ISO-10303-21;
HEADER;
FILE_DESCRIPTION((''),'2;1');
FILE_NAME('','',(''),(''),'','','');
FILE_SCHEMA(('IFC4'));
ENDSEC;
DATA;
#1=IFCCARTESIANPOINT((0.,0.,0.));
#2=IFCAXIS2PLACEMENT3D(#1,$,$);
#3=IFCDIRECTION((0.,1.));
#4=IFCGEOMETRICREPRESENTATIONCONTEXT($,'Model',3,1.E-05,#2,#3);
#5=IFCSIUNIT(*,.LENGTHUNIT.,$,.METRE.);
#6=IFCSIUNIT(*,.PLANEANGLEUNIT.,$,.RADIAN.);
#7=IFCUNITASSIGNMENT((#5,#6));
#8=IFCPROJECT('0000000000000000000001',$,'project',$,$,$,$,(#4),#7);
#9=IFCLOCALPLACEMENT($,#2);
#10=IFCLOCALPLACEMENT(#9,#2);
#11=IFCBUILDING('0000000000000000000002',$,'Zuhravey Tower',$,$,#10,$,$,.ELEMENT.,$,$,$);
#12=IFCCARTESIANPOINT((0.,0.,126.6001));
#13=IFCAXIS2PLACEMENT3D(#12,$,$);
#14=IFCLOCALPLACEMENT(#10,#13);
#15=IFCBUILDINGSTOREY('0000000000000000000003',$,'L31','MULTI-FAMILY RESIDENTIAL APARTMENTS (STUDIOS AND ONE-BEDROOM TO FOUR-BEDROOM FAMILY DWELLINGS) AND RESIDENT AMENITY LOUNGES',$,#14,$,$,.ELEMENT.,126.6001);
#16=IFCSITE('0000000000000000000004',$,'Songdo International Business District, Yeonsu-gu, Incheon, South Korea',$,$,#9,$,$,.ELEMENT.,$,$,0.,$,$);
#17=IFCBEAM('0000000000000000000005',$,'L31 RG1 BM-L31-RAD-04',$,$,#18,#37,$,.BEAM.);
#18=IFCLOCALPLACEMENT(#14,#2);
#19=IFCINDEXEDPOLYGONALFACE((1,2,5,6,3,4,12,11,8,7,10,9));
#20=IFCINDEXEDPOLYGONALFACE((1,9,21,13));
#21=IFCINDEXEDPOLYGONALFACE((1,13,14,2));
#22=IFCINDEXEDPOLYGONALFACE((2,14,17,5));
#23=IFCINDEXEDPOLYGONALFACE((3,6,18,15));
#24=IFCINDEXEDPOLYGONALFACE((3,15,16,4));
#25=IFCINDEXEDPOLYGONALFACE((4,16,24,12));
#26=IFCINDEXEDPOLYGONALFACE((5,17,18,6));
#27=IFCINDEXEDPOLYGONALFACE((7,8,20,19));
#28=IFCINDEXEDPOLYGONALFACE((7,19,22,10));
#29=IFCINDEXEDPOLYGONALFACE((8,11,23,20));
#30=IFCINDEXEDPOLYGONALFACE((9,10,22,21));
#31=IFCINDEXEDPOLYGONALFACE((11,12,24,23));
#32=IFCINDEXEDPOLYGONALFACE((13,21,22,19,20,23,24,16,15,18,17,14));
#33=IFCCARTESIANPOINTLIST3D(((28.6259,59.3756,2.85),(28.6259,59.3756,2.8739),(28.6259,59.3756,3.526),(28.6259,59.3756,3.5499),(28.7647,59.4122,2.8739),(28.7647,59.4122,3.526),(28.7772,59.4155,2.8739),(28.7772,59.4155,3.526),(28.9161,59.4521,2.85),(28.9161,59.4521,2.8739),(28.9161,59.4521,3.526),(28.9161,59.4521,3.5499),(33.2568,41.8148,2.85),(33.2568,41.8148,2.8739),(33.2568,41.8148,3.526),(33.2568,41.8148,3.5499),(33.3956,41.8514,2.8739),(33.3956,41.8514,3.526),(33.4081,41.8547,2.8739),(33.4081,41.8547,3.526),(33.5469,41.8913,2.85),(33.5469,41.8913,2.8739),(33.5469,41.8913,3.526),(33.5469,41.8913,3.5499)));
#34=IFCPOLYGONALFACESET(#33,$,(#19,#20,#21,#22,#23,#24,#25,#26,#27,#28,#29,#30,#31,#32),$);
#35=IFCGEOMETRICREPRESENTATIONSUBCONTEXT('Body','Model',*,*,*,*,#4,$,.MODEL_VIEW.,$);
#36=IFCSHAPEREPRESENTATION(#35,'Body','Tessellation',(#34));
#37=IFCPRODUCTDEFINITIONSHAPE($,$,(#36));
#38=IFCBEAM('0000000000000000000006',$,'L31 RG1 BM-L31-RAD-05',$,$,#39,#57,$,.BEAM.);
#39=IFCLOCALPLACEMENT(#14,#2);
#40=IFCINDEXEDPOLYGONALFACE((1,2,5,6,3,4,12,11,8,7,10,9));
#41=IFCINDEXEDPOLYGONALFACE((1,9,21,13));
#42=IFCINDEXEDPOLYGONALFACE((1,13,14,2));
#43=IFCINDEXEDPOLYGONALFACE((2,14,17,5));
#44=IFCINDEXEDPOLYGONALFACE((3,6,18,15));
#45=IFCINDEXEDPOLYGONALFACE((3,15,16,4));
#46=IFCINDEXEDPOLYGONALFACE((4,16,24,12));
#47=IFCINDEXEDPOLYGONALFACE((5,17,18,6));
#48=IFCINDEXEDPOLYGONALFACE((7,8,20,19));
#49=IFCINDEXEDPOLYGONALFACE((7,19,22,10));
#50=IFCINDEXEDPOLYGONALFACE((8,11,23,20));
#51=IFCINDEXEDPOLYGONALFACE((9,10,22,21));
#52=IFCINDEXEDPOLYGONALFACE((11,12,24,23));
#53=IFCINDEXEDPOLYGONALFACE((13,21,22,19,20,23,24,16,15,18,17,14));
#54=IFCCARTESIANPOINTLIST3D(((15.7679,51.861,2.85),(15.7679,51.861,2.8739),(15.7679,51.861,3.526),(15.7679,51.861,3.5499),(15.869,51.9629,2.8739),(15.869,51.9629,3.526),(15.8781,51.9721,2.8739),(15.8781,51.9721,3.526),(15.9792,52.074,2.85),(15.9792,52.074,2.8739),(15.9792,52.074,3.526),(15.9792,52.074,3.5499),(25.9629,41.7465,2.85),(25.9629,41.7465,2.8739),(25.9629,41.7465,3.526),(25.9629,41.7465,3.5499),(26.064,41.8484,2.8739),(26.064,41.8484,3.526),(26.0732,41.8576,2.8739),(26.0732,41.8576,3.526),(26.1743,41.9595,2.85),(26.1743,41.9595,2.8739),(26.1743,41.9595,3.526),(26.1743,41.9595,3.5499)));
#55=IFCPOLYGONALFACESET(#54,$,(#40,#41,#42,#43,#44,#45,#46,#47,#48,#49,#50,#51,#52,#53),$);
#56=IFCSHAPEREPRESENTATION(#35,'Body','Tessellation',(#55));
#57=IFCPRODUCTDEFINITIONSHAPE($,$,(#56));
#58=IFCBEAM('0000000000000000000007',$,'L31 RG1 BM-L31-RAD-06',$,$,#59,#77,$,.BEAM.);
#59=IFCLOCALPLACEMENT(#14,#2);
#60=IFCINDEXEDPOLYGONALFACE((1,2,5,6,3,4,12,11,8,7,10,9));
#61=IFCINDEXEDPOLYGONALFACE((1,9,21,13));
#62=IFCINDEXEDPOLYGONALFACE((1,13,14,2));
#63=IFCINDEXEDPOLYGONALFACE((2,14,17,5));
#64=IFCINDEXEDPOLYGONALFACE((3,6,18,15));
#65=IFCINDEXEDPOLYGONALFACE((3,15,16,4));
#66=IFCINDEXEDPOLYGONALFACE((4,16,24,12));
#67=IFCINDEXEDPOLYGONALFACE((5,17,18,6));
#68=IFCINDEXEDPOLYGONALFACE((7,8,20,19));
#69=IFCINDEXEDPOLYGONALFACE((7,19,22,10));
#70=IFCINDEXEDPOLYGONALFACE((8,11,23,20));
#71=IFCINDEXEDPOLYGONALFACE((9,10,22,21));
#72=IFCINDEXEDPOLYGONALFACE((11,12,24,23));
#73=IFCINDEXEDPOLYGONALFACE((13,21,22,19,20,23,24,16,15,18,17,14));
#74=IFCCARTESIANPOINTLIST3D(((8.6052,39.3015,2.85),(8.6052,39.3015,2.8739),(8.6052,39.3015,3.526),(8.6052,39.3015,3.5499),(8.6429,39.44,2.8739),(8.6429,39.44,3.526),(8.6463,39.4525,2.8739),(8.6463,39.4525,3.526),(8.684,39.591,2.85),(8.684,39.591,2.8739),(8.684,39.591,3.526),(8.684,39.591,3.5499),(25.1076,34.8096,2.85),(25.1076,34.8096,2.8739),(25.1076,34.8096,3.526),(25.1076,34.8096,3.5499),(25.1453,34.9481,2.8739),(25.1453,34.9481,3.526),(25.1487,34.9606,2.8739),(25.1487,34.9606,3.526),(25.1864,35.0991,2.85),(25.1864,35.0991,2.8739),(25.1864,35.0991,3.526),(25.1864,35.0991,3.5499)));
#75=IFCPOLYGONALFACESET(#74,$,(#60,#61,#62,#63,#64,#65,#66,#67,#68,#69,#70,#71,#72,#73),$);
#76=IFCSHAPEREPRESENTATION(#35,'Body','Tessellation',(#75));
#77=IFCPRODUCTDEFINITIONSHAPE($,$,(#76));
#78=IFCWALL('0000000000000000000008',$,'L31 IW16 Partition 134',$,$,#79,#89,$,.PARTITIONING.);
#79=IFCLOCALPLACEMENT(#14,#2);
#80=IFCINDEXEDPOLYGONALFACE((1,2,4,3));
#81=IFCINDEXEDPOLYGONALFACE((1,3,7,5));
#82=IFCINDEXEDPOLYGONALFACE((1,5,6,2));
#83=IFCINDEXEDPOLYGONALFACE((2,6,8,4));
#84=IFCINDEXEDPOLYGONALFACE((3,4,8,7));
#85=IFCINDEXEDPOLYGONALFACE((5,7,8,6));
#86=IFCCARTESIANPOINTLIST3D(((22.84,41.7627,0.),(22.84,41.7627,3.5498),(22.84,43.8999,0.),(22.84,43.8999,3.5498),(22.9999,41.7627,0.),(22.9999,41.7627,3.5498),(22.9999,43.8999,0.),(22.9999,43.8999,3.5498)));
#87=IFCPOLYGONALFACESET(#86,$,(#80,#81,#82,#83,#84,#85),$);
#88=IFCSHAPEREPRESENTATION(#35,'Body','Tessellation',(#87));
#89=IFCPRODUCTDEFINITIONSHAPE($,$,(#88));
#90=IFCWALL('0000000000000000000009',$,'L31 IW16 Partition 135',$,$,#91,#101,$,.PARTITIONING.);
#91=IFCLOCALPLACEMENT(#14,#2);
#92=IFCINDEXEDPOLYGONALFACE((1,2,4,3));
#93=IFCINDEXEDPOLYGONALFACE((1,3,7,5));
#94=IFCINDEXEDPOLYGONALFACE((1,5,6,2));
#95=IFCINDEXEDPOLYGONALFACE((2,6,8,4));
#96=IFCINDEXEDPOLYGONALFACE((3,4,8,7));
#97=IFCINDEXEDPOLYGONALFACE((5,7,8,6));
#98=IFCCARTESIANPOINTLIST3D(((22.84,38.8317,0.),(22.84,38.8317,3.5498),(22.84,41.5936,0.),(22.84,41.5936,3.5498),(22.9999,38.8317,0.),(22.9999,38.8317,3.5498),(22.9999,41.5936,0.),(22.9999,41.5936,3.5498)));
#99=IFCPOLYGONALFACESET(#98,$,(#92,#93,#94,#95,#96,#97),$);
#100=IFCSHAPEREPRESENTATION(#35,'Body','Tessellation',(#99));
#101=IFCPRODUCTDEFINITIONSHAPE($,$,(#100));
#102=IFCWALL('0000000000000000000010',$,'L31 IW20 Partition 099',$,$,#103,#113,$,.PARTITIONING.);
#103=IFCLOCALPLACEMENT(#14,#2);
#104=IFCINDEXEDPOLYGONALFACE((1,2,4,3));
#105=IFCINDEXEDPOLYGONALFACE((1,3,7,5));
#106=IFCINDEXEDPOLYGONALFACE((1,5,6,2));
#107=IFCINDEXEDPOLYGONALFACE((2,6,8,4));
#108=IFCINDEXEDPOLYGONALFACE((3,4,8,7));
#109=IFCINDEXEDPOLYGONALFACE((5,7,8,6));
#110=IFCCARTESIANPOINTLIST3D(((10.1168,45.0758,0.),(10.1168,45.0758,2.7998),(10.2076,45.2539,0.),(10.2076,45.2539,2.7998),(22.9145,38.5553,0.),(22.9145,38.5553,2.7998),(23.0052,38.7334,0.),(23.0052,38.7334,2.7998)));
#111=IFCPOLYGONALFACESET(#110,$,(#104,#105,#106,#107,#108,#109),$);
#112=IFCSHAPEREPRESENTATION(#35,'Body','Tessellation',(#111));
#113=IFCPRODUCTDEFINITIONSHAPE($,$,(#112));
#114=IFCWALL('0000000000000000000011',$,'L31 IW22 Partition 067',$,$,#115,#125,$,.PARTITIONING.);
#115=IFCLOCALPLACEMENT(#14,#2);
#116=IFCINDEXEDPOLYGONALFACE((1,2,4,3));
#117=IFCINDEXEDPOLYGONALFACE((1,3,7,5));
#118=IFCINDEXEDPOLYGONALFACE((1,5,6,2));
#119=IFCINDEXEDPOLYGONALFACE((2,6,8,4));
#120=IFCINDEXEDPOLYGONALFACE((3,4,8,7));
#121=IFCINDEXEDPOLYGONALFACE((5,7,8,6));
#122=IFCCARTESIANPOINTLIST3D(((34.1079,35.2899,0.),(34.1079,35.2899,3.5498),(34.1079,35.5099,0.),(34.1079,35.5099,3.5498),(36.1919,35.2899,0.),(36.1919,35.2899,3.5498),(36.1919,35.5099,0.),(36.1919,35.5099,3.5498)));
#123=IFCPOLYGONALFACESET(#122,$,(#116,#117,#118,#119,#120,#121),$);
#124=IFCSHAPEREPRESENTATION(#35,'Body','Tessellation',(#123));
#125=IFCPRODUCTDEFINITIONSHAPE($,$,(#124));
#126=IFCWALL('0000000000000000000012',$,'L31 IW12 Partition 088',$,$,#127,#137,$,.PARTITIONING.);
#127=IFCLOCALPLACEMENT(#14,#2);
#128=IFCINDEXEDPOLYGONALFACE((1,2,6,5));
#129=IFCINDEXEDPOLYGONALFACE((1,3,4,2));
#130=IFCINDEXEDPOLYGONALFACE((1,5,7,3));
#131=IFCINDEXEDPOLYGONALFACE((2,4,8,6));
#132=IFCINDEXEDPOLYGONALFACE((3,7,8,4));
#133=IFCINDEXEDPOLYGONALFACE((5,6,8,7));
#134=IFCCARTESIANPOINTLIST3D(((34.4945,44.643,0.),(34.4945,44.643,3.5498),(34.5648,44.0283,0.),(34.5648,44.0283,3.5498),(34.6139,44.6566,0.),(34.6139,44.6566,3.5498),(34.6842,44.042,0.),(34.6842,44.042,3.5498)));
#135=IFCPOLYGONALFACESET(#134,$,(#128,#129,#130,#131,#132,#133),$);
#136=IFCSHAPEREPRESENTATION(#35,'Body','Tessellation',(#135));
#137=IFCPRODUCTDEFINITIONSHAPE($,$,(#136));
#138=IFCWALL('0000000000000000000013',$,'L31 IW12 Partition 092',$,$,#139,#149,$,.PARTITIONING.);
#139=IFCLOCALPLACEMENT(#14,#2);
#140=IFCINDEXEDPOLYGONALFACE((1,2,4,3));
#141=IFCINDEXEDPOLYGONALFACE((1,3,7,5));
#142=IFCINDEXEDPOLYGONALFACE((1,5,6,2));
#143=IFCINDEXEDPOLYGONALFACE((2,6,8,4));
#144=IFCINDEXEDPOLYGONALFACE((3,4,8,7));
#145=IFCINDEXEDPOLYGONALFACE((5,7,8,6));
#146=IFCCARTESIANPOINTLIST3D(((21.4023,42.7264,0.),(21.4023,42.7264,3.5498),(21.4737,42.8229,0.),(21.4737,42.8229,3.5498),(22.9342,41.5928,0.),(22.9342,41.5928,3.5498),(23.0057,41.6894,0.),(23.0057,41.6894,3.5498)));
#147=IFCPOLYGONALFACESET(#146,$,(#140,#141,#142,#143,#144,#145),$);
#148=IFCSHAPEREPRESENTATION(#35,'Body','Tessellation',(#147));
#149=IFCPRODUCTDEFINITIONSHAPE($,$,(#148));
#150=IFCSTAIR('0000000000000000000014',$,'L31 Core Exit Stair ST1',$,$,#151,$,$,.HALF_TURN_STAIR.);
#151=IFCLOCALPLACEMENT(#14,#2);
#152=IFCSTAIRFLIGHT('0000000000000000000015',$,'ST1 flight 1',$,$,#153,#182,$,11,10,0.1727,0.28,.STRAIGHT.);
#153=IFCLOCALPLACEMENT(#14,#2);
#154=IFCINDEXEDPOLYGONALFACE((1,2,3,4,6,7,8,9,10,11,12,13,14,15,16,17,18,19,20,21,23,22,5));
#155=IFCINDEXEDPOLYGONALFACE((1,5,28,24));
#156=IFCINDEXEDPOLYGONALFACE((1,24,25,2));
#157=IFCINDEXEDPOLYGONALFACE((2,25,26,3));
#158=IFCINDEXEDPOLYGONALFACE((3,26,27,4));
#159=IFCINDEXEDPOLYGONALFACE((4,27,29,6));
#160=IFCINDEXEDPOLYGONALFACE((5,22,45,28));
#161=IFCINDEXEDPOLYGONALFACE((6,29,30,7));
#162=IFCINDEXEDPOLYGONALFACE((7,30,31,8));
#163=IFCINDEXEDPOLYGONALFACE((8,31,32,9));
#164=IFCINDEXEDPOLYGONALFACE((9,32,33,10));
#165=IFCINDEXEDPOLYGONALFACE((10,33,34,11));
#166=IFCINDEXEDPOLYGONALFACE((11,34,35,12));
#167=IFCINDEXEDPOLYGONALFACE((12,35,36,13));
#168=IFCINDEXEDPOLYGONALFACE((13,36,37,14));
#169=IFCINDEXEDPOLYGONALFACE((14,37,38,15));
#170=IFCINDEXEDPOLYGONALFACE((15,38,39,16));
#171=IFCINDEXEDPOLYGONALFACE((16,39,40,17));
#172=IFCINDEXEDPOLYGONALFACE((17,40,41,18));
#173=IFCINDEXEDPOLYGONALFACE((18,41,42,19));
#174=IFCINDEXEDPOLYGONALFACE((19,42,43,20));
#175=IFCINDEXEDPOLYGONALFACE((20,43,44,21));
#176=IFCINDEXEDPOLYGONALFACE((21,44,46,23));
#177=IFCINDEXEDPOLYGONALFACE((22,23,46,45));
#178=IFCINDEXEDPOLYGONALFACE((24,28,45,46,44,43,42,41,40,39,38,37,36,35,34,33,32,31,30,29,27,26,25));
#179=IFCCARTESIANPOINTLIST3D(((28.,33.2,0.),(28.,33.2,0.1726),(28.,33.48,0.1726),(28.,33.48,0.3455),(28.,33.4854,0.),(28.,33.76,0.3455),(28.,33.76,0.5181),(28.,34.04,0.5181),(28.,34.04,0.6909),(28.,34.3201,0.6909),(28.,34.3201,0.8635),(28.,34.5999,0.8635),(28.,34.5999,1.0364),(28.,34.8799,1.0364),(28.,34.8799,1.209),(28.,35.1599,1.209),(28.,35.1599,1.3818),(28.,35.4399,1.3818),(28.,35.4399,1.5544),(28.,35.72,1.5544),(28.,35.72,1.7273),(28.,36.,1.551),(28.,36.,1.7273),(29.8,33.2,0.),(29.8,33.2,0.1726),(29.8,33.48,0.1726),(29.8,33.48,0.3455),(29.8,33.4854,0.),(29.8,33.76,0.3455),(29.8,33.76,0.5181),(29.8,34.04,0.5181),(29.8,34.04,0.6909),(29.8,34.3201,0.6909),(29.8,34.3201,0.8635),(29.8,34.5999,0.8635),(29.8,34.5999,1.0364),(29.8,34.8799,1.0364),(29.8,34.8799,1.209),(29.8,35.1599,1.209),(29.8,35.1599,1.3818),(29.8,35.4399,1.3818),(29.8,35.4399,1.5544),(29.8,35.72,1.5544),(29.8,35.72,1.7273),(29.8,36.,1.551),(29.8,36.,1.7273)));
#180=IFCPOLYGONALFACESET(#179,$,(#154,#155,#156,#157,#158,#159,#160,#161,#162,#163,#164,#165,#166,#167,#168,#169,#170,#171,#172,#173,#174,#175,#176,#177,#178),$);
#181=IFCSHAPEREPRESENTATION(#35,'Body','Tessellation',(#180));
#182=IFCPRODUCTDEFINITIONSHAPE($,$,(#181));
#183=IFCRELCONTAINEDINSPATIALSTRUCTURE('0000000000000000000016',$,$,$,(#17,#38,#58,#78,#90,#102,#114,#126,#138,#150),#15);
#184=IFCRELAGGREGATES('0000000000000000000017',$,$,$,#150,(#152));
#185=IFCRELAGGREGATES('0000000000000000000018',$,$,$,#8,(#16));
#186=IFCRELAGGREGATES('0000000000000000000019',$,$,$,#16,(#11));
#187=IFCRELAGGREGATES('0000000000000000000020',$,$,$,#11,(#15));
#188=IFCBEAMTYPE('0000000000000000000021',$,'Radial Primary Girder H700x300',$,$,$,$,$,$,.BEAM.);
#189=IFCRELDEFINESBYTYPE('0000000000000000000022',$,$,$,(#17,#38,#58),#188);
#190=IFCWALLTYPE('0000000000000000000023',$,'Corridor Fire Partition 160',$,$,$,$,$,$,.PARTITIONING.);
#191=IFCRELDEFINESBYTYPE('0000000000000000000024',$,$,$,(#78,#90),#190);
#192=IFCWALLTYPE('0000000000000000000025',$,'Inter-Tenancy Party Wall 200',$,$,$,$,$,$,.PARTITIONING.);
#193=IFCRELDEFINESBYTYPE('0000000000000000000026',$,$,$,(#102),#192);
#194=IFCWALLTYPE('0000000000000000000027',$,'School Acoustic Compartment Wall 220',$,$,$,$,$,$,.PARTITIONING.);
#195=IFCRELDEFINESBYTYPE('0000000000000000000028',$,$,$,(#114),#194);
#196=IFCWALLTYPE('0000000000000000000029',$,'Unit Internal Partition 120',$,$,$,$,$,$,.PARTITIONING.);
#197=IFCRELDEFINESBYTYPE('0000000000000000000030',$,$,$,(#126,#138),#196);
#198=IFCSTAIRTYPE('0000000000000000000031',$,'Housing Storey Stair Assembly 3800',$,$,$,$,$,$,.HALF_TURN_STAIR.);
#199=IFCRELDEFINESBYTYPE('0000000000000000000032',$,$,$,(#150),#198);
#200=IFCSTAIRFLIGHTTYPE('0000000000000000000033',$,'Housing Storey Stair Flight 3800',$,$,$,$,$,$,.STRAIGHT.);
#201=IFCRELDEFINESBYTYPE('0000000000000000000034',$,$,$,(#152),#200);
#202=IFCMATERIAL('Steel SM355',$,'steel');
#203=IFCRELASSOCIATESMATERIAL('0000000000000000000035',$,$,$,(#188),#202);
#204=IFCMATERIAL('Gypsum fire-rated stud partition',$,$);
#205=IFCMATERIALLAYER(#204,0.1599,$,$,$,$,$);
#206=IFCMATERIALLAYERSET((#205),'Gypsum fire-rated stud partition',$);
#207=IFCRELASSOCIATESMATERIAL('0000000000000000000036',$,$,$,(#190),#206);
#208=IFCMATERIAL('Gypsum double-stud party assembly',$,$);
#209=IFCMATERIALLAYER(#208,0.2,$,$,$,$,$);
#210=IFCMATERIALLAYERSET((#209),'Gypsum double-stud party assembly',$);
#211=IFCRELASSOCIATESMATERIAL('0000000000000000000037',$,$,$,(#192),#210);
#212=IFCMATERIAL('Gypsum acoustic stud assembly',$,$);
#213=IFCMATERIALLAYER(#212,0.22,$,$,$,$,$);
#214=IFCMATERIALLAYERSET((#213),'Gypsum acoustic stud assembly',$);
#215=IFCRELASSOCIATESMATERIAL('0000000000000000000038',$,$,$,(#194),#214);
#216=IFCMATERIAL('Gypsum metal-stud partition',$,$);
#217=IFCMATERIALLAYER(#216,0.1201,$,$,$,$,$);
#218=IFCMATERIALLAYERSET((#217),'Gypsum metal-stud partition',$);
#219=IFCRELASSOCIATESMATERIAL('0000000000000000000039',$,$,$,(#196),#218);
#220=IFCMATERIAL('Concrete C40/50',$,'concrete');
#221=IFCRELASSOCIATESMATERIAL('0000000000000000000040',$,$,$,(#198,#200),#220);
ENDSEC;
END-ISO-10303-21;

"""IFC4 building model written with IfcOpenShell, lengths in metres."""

from ifc_helpers import new_model, si_unit, direction, frame, frame_2d, origin, origin_2d, place, context, subcontext, project, spatial, polyline, rectangle, i_section, outline, extrude, material, layer, layer_set, material_profile, profile_set, type_object, element, aggregate, save


model = new_model("IFC4")

# Units and contexts
model_context = context("Model", 3, precision=1e-05, world=origin(), true_north=direction((0.0, 1.0)))
body_context = subcontext(model_context, "Body", "Model", "MODEL_VIEW")
ifc_project = project(units=[si_unit("LENGTHUNIT", "METRE"), si_unit("PLANEANGLEUNIT", "RADIAN")], contexts=[model_context])

# Site, building, storey
site_placement = place(None, origin())
site = spatial("IfcSite", under=ifc_project, at=site_placement, Name="Songdo International Business District, Yeonsu-gu, Incheon, South Korea", CompositionType="ELEMENT", RefElevation=0.0)
building_placement = place(site_placement, origin())
building = spatial("IfcBuilding", under=site, at=building_placement, Name="Zuhravey Tower", CompositionType="ELEMENT")
storey_placement = place(building_placement, frame((0.0, 0.0, 126.6001)))
storey = spatial("IfcBuildingStorey", under=building, at=storey_placement, Name="L31", Description="MULTI-FAMILY RESIDENTIAL APARTMENTS (STUDIOS AND ONE-BEDROOM TO FOUR-BEDROOM FAMILY DWELLINGS) AND RESIDENT AMENITY LOUNGES", CompositionType="ELEMENT", Elevation=126.6001)

# Beams
ifc_material_1 = material(Name="Steel SM355", Category="steel")
ifc_material_profile = material_profile(ifc_material_1, i_section(OverallWidth=0.3, OverallDepth=0.7, WebThickness=0.0129, FlangeThickness=0.0239, at=origin_2d()), Name="H-700x300x13x24")
ifc_profile_set = profile_set([ifc_material_profile], Name="Steel SM355")
beam_type = type_object("IfcBeamType", Name="Radial Primary Girder H700x300", PredefinedType="BEAM", material=ifc_profile_set)
beam_1_placement = place(storey_placement, frame((33.4019, 41.853, 3.2), z_axis=(-0.254988, 0.966944, 0.0), x_axis=(-0.966944, -0.254988, 0.0)))
element("IfcBeam", 1, at=beam_1_placement, inside=storey, type_object=beam_type, Name="L31 RG1 BM-L31-RAD-04", PredefinedType="BEAM", context=body_context, shape_type="SweptSolid", body=[
    extrude(i_section(OverallWidth=0.3, OverallDepth=0.7, WebThickness=0.0129, FlangeThickness=0.0239, at=origin_2d()), origin(), (0.0, 0.0, 1.0), 18.1611),
])
beam_2_placement = place(storey_placement, frame((26.0686, 41.853, 3.2), z_axis=(-0.709906, 0.704296, 0.0), x_axis=(-0.704296, -0.709906, 0.0)))
element("IfcBeam", 2, at=beam_2_placement, inside=storey, type_object=beam_type, Name="L31 RG1 BM-L31-RAD-05", PredefinedType="BEAM", context=body_context, shape_type="SweptSolid", body=[
    extrude(i_section(OverallWidth=0.3, OverallDepth=0.7, WebThickness=0.0129, FlangeThickness=0.0239, at=origin_2d()), origin(), (0.0, 0.0, 1.0), 14.3611),
])
beam_3_placement = place(storey_placement, frame((25.147, 34.9543, 3.2), z_axis=(-0.964893, 0.262643, 0.0), x_axis=(-0.262643, -0.964893, 0.0)))
element("IfcBeam", 3, at=beam_3_placement, inside=storey, type_object=beam_type, Name="L31 RG1 BM-L31-RAD-06", PredefinedType="BEAM", context=body_context, shape_type="SweptSolid", body=[
    extrude(i_section(OverallWidth=0.3, OverallDepth=0.7, WebThickness=0.0129, FlangeThickness=0.0239, at=origin_2d()), origin(), (0.0, 0.0, 1.0), 17.1028),
])

# Walls
ifc_material_2 = material(Name="Gypsum fire-rated stud partition")
ifc_layer_1 = layer(ifc_material_2, 0.1599)
ifc_layer_set_1 = layer_set([ifc_layer_1], Name="Gypsum fire-rated stud partition")
wall_type_1 = type_object("IfcWallType", Name="Corridor Fire Partition 160", PredefinedType="PARTITIONING", material=ifc_layer_set_1)
wall_1_placement = place(storey_placement, frame((22.9199, 43.8999, 0.0), z_axis=(0.0, 0.0, 1.0), x_axis=(0.0, -1.0, 0.0)))
element("IfcWall", 4, at=wall_1_placement, inside=storey, type_object=wall_type_1, Name="L31 IW16 Partition 134", PredefinedType="PARTITIONING", context=body_context, shape_type="SweptSolid", body=[
    extrude(rectangle(XDim=2.1372, YDim=0.1599, at=frame_2d((1.0686, 0.0))), origin(), (0.0, 0.0, 1.0), 3.5498),
])
wall_2_placement = place(storey_placement, frame((22.9199, 41.5935, 0.0), z_axis=(0.0, 0.0, 1.0), x_axis=(0.0, -1.0, 0.0)))
element("IfcWall", 5, at=wall_2_placement, inside=storey, type_object=wall_type_1, Name="L31 IW16 Partition 135", PredefinedType="PARTITIONING", context=body_context, shape_type="SweptSolid", body=[
    extrude(rectangle(XDim=2.762, YDim=0.1599, at=frame_2d((1.3809, 0.0))), origin(), (0.0, 0.0, 1.0), 3.5498),
])
ifc_material_3 = material(Name="Gypsum double-stud party assembly")
ifc_layer_2 = layer(ifc_material_3, 0.2)
ifc_layer_set_2 = layer_set([ifc_layer_2], Name="Gypsum double-stud party assembly")
wall_type_2 = type_object("IfcWallType", Name="Inter-Tenancy Party Wall 200", PredefinedType="PARTITIONING", material=ifc_layer_set_2)
wall_3_placement = place(storey_placement, frame((22.96, 38.6443, 0.0), z_axis=(0.0, 0.0, 1.0), x_axis=(-0.891012, 0.45398, 0.0)))
element("IfcWall", 6, at=wall_3_placement, inside=storey, type_object=wall_type_2, Name="L31 IW20 Partition 099", PredefinedType="PARTITIONING", context=body_context, shape_type="SweptSolid", body=[
    extrude(rectangle(XDim=14.363, YDim=0.2, at=frame_2d((7.1816, 0.0))), origin(), (0.0, 0.0, 1.0), 2.7998),
])
ifc_material_4 = material(Name="Gypsum acoustic stud assembly")
ifc_layer_3 = layer(ifc_material_4, 0.22)
ifc_layer_set_3 = layer_set([ifc_layer_3], Name="Gypsum acoustic stud assembly")
wall_type_3 = type_object("IfcWallType", Name="School Acoustic Compartment Wall 220", PredefinedType="PARTITIONING", material=ifc_layer_set_3)
wall_4_placement = place(storey_placement, frame((34.1079, 35.3999, 0.0), z_axis=(0.0, 0.0, 1.0), x_axis=(1.0, 0.0, 0.0)))
element("IfcWall", 7, at=wall_4_placement, inside=storey, type_object=wall_type_3, Name="L31 IW22 Partition 067", PredefinedType="PARTITIONING", context=body_context, shape_type="SweptSolid", body=[
    extrude(rectangle(XDim=2.084, YDim=0.22, at=frame_2d((1.042, 0.0))), origin(), (0.0, 0.0, 1.0), 3.5498),
])
ifc_material_5 = material(Name="Gypsum metal-stud partition")
ifc_layer_4 = layer(ifc_material_5, 0.1201)
ifc_layer_set_4 = layer_set([ifc_layer_4], Name="Gypsum metal-stud partition")
wall_type_4 = type_object("IfcWallType", Name="Unit Internal Partition 120", PredefinedType="PARTITIONING", material=ifc_layer_set_4)
wall_5_placement = place(storey_placement, frame((34.6245, 44.0352, 0.0), z_axis=(0.0, 0.0, 1.0), x_axis=(-0.113636, 0.993522, 0.0)))
element("IfcWall", 8, at=wall_5_placement, inside=storey, type_object=wall_type_4, Name="L31 IW12 Partition 088", PredefinedType="PARTITIONING", context=body_context, shape_type="SweptSolid", body=[
    extrude(rectangle(XDim=0.6187, YDim=0.1201, at=frame_2d((0.3093, 0.0))), origin(), (0.0, 0.0, 1.0), 3.5498),
])
wall_6_placement = place(storey_placement, frame((22.97, 41.6411, 0.0), z_axis=(0.0, 0.0, 1.0), x_axis=(-0.803873, 0.594802, 0.0)))
element("IfcWall", 9, at=wall_6_placement, inside=storey, type_object=wall_type_4, Name="L31 IW12 Partition 092", PredefinedType="PARTITIONING", context=body_context, shape_type="SweptSolid", body=[
    extrude(rectangle(XDim=1.9058, YDim=0.1201, at=frame_2d((0.9529, 0.0))), origin(), (0.0, 0.0, 1.0), 3.5498),
])

# Stair, stair flight
ifc_material_6 = material(Name="Concrete C40/50", Category="concrete")
stair_type = type_object("IfcStairType", Name="Housing Storey Stair Assembly 3800", PredefinedType="HALF_TURN_STAIR", material=ifc_material_6)
stair_1_placement = place(storey_placement, origin())
stair_1 = element("IfcStair", 10, at=stair_1_placement, inside=storey, type_object=stair_type, Name="L31 Core Exit Stair ST1", PredefinedType="HALF_TURN_STAIR")
stair_flight_type = type_object("IfcStairFlightType", Name="Housing Storey Stair Flight 3800", PredefinedType="STRAIGHT", material=ifc_material_6)
stair_flight_1_placement = place(storey_placement, frame((28.8999, 33.2, 0.0), z_axis=(0.0, 0.0, 1.0), x_axis=(0.0, 1.0, 0.0)))
stair_flight_1 = element("IfcStairFlight", 11, at=stair_flight_1_placement, type_object=stair_flight_type, Name="ST1 flight 1", NumberOfRisers=11, NumberOfTreads=10, PredefinedType="STRAIGHT", RiserHeight=0.1727, TreadLength=0.28, context=body_context, shape_type="SweptSolid", body=[
    extrude(outline(polyline([(0.0, 0.0), (0.0, 0.1726), (0.28, 0.1726), (0.28, 0.3455), (0.5601, 0.3455), (0.5601, 0.5181), (0.8401, 0.5181), (0.8401, 0.6909), (1.1201, 0.6909), (1.1201, 0.8635), (1.3999, 0.8635), (1.3999, 1.0364), (1.6799, 1.0364), (1.6799, 1.209), (1.96, 1.209), (1.96, 1.3818), (2.24, 1.3818), (2.24, 1.5544), (2.52, 1.5544), (2.52, 1.7273), (2.8, 1.7273), (2.8, 1.8999), (2.8, 1.551), (0.2854, 0.0), (0.0, 0.0)])), frame((0.0, 0.8999, 0.0), z_axis=(0.0, -1.0, 0.0), x_axis=(1.0, 0.0, 0.0)), (0.0, 0.0, 1.0), 1.8),
])
aggregate(stair_1, [stair_flight_1])

save(model, "model.ifc")
